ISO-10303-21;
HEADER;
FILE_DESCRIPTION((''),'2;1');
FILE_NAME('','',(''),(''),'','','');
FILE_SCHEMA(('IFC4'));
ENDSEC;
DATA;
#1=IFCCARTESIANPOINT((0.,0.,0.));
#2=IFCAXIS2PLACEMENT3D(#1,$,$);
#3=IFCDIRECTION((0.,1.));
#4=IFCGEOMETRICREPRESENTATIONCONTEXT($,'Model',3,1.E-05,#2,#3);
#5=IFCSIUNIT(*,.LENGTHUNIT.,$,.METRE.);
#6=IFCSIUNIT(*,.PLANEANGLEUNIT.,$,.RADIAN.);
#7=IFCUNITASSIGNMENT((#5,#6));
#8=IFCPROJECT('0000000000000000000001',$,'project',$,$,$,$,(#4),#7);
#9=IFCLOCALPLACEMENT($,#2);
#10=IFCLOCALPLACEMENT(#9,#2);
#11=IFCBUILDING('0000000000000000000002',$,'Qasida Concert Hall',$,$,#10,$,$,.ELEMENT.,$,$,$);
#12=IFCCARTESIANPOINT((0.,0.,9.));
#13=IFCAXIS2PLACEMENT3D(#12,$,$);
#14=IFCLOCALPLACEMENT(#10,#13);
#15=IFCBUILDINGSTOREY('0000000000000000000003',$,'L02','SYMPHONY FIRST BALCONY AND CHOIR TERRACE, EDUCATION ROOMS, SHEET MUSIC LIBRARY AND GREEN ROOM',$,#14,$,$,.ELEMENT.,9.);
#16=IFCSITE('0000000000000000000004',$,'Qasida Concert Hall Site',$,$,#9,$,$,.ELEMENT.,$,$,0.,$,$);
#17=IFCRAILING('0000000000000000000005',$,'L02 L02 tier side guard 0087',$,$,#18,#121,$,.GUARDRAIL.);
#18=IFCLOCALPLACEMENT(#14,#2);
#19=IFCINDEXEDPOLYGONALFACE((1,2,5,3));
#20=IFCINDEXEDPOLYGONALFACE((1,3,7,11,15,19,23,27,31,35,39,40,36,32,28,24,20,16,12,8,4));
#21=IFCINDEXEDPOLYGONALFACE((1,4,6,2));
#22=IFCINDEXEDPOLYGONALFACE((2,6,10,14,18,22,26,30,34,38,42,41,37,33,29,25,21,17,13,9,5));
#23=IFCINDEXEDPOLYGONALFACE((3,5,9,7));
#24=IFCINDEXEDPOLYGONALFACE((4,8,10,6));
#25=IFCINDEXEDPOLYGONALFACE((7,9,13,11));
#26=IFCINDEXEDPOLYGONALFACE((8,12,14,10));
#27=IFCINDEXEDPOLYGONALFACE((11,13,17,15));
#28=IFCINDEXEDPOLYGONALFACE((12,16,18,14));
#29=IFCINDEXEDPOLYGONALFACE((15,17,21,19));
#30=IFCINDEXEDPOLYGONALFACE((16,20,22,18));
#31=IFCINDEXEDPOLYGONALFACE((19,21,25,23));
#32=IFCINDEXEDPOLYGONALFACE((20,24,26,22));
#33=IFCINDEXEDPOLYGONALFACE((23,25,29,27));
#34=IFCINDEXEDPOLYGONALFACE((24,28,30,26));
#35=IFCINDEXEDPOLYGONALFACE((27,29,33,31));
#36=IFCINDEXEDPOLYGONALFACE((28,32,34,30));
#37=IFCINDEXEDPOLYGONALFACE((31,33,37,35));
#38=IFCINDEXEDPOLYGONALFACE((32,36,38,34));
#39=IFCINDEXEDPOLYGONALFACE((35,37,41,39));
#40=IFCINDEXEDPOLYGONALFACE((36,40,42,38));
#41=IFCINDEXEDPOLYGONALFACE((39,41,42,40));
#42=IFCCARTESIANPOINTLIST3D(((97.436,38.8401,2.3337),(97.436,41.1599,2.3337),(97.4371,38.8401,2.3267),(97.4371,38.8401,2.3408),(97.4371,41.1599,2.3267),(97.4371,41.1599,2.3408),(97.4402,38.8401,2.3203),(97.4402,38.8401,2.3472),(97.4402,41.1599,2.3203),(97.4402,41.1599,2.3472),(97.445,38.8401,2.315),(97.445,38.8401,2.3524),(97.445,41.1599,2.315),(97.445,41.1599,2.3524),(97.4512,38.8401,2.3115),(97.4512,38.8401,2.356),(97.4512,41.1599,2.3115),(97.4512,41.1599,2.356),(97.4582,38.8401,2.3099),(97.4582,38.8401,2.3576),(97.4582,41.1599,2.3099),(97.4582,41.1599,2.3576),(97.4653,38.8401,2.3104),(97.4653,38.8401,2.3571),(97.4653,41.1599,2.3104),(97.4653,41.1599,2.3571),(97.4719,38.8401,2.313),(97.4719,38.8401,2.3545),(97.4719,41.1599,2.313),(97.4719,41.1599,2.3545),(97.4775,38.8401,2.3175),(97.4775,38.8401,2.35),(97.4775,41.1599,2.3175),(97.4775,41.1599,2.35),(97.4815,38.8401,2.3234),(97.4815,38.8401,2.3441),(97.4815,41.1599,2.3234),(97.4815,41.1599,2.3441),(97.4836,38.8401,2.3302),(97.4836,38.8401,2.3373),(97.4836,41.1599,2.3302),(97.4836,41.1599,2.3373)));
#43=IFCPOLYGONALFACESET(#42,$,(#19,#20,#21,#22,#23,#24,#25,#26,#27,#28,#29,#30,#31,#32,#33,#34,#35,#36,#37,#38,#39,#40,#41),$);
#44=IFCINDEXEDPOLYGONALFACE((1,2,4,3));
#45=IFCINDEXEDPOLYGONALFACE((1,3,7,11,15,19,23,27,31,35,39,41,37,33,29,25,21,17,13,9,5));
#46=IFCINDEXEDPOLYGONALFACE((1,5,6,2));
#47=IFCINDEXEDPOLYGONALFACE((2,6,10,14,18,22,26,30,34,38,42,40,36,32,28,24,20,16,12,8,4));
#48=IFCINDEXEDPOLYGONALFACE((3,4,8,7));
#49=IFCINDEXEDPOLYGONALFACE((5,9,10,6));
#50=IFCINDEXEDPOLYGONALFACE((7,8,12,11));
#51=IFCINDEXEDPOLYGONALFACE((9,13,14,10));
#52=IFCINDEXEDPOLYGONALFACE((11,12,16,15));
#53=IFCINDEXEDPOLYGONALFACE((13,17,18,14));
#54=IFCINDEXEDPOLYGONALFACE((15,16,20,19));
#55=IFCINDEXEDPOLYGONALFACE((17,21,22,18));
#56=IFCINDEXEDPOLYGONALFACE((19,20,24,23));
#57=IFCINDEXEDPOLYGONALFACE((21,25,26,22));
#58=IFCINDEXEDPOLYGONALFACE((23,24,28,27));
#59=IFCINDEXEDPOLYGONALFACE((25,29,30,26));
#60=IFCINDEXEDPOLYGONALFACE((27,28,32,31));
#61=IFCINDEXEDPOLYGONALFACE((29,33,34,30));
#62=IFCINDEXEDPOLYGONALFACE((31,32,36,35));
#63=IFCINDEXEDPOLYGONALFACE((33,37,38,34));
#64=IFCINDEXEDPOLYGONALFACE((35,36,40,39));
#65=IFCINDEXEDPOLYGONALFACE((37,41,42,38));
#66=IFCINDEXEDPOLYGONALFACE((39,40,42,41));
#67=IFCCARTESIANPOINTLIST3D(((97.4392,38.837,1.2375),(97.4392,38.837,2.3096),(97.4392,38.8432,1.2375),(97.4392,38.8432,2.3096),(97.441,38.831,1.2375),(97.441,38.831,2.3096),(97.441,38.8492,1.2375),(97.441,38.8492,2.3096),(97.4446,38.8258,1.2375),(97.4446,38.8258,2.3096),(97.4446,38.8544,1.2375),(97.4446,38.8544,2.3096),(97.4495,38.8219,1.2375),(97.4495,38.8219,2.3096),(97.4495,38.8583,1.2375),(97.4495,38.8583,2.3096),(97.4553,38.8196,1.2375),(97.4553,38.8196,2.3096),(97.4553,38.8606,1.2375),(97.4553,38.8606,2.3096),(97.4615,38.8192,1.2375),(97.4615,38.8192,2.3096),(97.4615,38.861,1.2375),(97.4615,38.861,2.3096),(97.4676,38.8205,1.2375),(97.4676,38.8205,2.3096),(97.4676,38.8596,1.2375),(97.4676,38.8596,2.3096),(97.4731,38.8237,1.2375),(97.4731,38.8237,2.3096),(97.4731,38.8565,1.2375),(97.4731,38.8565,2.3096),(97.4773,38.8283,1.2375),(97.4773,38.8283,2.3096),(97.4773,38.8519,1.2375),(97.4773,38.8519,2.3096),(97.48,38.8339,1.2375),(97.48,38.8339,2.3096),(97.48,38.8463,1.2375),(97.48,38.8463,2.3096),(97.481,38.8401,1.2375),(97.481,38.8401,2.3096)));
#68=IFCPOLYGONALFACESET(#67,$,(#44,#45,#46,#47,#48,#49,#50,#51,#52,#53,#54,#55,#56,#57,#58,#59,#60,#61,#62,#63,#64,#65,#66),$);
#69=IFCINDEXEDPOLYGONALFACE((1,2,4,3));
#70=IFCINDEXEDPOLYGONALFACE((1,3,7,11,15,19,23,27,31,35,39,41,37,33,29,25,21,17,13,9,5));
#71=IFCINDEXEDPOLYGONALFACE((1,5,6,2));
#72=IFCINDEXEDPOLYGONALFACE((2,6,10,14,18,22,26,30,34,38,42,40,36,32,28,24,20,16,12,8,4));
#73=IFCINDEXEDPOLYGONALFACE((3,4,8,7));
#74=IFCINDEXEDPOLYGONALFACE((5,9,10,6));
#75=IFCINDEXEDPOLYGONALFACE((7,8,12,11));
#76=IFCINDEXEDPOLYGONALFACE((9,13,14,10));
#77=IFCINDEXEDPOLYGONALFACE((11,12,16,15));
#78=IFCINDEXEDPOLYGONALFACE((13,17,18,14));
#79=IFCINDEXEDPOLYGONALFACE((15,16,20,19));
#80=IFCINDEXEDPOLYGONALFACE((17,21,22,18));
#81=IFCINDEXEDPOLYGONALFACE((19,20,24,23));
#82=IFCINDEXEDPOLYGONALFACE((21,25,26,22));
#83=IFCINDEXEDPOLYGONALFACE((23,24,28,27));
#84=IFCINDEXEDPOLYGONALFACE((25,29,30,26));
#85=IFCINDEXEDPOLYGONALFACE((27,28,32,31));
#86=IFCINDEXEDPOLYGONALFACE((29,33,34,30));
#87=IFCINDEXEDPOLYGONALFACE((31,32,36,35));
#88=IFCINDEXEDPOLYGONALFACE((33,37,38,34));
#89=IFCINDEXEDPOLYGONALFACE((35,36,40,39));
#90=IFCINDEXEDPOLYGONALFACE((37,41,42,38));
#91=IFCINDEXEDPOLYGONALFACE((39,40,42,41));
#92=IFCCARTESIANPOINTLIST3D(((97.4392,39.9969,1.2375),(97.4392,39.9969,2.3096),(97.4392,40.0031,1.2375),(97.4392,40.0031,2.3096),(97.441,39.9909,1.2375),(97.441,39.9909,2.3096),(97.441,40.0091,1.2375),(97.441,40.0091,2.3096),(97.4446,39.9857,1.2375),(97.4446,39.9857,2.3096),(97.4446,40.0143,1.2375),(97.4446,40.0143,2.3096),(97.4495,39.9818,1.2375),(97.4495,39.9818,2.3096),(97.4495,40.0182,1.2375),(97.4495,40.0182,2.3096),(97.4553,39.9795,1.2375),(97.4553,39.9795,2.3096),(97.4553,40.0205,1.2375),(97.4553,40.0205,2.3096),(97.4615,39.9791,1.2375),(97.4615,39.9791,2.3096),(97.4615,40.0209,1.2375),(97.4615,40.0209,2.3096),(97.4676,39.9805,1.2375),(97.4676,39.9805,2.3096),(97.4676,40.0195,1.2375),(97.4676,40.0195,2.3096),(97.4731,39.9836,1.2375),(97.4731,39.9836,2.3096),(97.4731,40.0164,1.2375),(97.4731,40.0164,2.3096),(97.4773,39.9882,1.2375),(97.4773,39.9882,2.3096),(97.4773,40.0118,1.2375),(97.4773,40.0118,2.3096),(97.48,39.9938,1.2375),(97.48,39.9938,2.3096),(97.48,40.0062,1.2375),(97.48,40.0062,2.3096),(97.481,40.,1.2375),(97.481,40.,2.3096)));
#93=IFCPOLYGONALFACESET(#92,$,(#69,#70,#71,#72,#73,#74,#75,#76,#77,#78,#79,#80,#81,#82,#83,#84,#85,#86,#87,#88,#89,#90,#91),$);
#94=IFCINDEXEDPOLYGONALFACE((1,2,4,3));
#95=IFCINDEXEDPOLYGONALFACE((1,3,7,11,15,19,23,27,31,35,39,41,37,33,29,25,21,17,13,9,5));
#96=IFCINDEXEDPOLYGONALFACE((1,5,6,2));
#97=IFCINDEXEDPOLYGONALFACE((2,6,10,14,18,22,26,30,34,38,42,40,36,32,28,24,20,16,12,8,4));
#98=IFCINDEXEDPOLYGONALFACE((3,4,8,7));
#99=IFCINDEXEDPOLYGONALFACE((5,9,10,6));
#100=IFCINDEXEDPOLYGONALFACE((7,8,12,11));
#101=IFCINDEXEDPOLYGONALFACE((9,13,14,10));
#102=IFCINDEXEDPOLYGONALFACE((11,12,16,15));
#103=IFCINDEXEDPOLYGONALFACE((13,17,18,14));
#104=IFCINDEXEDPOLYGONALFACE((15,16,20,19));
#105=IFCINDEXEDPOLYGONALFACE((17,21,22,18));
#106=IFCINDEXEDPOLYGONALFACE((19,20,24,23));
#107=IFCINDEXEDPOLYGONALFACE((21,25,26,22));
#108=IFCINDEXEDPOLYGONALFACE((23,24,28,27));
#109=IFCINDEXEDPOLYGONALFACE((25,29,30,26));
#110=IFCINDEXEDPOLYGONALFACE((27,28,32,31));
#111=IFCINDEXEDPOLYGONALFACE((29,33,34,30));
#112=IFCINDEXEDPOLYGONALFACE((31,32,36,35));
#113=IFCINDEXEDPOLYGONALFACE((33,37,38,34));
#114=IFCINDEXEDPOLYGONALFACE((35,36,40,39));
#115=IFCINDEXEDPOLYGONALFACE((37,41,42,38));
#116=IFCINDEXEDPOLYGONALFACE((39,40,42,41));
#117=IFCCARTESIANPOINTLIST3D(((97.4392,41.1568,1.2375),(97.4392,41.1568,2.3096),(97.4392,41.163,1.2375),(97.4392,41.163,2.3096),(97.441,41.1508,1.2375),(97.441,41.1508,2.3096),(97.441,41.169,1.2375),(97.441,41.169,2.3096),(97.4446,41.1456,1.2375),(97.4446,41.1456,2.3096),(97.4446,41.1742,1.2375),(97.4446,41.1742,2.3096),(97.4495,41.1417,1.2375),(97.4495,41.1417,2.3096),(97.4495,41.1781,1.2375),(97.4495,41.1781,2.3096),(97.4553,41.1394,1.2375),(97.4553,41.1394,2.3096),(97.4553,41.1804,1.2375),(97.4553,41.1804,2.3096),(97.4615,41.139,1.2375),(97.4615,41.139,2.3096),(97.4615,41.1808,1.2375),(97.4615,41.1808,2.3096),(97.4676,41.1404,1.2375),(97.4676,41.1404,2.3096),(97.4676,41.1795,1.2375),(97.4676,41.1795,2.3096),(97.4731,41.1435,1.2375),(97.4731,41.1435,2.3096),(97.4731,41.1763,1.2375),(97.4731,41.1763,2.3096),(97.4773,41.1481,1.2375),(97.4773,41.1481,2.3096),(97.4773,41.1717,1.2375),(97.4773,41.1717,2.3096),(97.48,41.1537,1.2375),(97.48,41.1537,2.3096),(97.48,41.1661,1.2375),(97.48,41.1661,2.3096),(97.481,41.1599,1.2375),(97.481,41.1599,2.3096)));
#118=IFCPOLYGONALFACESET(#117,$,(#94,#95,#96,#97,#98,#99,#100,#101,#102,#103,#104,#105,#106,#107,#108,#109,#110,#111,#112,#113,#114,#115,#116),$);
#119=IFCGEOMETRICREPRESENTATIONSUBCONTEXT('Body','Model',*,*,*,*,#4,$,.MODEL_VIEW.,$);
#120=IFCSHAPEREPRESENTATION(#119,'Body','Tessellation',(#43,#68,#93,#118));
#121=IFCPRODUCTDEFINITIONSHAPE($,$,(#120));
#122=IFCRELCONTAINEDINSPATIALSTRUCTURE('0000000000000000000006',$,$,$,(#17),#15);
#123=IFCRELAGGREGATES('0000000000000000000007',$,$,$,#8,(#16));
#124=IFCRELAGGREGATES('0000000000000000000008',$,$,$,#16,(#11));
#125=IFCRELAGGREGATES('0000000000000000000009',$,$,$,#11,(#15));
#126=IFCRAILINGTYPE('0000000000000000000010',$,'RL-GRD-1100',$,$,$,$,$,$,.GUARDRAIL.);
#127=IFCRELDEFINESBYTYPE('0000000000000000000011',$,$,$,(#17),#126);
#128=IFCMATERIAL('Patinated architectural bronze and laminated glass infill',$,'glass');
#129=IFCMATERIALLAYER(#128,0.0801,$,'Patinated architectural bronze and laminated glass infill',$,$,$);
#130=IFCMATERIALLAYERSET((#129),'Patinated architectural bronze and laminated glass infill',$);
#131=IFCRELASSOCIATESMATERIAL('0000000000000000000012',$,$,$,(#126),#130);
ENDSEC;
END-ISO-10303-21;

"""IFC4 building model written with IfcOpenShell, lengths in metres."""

from ifc_helpers import new_model, si_unit, direction, frame, origin, origin_2d, place, context, subcontext, project, spatial, circle, extrude, material, layer, layer_set, type_object, element, save


model = new_model("IFC4")

# Units and contexts
model_context = context("Model", 3, precision=1e-05, world=origin(), true_north=direction((0.0, 1.0)))
body_context = subcontext(model_context, "Body", "Model", "MODEL_VIEW")
ifc_project = project(units=[si_unit("LENGTHUNIT", "METRE"), si_unit("PLANEANGLEUNIT", "RADIAN")], contexts=[model_context])

# Site, building, storey
site_placement = place(None, origin())
site = spatial("IfcSite", under=ifc_project, at=site_placement, Name="Qasida Concert Hall Site", CompositionType="ELEMENT", RefElevation=0.0)
building_placement = place(site_placement, origin())
building = spatial("IfcBuilding", under=site, at=building_placement, Name="Qasida Concert Hall", CompositionType="ELEMENT")
storey_placement = place(building_placement, frame((0.0, 0.0, 9.0)))
storey = spatial("IfcBuildingStorey", under=building, at=storey_placement, Name="L02", Description="SYMPHONY FIRST BALCONY AND CHOIR TERRACE, EDUCATION ROOMS, SHEET MUSIC LIBRARY AND GREEN ROOM", CompositionType="ELEMENT", Elevation=9.0)

# Railing
ifc_material_1 = material(Name="Patinated architectural bronze and laminated glass infill", Category="glass")
ifc_layer_1 = layer(ifc_material_1, 0.0801, Name="Patinated architectural bronze and laminated glass infill")
ifc_layer_set_1 = layer_set([ifc_layer_1], Name="Patinated architectural bronze and laminated glass infill")
railing_type = type_object("IfcRailingType", Name="RL-GRD-1100", PredefinedType="GUARDRAIL", material=ifc_layer_set_1)
railing_1_placement = place(storey_placement, frame((97.46, 38.8401, 1.2375)))
element("IfcRailing", 1, at=railing_1_placement, inside=storey, type_object=railing_type, Name="L02 L02 tier side guard 0087", PredefinedType="GUARDRAIL", context=body_context, shape_type="SweptSolid", body=[
    extrude(circle(Radius=0.0239, at=origin_2d()), frame((0.0, 0.0, 1.0962), z_axis=(0.0, 1.0, 0.0), x_axis=(-1.0, 0.0, 0.0)), (0.0, 0.0, 1.0), 2.3198),
    extrude(circle(Radius=0.021, at=origin_2d()), origin(), (0.0, 0.0, 1.0), 1.072),
    extrude(circle(Radius=0.021, at=origin_2d()), frame((0.0, 1.1599, 0.0)), (0.0, 0.0, 1.0), 1.072),
    extrude(circle(Radius=0.021, at=origin_2d()), frame((0.0, 2.3198, 0.0)), (0.0, 0.0, 1.0), 1.072),
])

save(model, "model.ifc")
